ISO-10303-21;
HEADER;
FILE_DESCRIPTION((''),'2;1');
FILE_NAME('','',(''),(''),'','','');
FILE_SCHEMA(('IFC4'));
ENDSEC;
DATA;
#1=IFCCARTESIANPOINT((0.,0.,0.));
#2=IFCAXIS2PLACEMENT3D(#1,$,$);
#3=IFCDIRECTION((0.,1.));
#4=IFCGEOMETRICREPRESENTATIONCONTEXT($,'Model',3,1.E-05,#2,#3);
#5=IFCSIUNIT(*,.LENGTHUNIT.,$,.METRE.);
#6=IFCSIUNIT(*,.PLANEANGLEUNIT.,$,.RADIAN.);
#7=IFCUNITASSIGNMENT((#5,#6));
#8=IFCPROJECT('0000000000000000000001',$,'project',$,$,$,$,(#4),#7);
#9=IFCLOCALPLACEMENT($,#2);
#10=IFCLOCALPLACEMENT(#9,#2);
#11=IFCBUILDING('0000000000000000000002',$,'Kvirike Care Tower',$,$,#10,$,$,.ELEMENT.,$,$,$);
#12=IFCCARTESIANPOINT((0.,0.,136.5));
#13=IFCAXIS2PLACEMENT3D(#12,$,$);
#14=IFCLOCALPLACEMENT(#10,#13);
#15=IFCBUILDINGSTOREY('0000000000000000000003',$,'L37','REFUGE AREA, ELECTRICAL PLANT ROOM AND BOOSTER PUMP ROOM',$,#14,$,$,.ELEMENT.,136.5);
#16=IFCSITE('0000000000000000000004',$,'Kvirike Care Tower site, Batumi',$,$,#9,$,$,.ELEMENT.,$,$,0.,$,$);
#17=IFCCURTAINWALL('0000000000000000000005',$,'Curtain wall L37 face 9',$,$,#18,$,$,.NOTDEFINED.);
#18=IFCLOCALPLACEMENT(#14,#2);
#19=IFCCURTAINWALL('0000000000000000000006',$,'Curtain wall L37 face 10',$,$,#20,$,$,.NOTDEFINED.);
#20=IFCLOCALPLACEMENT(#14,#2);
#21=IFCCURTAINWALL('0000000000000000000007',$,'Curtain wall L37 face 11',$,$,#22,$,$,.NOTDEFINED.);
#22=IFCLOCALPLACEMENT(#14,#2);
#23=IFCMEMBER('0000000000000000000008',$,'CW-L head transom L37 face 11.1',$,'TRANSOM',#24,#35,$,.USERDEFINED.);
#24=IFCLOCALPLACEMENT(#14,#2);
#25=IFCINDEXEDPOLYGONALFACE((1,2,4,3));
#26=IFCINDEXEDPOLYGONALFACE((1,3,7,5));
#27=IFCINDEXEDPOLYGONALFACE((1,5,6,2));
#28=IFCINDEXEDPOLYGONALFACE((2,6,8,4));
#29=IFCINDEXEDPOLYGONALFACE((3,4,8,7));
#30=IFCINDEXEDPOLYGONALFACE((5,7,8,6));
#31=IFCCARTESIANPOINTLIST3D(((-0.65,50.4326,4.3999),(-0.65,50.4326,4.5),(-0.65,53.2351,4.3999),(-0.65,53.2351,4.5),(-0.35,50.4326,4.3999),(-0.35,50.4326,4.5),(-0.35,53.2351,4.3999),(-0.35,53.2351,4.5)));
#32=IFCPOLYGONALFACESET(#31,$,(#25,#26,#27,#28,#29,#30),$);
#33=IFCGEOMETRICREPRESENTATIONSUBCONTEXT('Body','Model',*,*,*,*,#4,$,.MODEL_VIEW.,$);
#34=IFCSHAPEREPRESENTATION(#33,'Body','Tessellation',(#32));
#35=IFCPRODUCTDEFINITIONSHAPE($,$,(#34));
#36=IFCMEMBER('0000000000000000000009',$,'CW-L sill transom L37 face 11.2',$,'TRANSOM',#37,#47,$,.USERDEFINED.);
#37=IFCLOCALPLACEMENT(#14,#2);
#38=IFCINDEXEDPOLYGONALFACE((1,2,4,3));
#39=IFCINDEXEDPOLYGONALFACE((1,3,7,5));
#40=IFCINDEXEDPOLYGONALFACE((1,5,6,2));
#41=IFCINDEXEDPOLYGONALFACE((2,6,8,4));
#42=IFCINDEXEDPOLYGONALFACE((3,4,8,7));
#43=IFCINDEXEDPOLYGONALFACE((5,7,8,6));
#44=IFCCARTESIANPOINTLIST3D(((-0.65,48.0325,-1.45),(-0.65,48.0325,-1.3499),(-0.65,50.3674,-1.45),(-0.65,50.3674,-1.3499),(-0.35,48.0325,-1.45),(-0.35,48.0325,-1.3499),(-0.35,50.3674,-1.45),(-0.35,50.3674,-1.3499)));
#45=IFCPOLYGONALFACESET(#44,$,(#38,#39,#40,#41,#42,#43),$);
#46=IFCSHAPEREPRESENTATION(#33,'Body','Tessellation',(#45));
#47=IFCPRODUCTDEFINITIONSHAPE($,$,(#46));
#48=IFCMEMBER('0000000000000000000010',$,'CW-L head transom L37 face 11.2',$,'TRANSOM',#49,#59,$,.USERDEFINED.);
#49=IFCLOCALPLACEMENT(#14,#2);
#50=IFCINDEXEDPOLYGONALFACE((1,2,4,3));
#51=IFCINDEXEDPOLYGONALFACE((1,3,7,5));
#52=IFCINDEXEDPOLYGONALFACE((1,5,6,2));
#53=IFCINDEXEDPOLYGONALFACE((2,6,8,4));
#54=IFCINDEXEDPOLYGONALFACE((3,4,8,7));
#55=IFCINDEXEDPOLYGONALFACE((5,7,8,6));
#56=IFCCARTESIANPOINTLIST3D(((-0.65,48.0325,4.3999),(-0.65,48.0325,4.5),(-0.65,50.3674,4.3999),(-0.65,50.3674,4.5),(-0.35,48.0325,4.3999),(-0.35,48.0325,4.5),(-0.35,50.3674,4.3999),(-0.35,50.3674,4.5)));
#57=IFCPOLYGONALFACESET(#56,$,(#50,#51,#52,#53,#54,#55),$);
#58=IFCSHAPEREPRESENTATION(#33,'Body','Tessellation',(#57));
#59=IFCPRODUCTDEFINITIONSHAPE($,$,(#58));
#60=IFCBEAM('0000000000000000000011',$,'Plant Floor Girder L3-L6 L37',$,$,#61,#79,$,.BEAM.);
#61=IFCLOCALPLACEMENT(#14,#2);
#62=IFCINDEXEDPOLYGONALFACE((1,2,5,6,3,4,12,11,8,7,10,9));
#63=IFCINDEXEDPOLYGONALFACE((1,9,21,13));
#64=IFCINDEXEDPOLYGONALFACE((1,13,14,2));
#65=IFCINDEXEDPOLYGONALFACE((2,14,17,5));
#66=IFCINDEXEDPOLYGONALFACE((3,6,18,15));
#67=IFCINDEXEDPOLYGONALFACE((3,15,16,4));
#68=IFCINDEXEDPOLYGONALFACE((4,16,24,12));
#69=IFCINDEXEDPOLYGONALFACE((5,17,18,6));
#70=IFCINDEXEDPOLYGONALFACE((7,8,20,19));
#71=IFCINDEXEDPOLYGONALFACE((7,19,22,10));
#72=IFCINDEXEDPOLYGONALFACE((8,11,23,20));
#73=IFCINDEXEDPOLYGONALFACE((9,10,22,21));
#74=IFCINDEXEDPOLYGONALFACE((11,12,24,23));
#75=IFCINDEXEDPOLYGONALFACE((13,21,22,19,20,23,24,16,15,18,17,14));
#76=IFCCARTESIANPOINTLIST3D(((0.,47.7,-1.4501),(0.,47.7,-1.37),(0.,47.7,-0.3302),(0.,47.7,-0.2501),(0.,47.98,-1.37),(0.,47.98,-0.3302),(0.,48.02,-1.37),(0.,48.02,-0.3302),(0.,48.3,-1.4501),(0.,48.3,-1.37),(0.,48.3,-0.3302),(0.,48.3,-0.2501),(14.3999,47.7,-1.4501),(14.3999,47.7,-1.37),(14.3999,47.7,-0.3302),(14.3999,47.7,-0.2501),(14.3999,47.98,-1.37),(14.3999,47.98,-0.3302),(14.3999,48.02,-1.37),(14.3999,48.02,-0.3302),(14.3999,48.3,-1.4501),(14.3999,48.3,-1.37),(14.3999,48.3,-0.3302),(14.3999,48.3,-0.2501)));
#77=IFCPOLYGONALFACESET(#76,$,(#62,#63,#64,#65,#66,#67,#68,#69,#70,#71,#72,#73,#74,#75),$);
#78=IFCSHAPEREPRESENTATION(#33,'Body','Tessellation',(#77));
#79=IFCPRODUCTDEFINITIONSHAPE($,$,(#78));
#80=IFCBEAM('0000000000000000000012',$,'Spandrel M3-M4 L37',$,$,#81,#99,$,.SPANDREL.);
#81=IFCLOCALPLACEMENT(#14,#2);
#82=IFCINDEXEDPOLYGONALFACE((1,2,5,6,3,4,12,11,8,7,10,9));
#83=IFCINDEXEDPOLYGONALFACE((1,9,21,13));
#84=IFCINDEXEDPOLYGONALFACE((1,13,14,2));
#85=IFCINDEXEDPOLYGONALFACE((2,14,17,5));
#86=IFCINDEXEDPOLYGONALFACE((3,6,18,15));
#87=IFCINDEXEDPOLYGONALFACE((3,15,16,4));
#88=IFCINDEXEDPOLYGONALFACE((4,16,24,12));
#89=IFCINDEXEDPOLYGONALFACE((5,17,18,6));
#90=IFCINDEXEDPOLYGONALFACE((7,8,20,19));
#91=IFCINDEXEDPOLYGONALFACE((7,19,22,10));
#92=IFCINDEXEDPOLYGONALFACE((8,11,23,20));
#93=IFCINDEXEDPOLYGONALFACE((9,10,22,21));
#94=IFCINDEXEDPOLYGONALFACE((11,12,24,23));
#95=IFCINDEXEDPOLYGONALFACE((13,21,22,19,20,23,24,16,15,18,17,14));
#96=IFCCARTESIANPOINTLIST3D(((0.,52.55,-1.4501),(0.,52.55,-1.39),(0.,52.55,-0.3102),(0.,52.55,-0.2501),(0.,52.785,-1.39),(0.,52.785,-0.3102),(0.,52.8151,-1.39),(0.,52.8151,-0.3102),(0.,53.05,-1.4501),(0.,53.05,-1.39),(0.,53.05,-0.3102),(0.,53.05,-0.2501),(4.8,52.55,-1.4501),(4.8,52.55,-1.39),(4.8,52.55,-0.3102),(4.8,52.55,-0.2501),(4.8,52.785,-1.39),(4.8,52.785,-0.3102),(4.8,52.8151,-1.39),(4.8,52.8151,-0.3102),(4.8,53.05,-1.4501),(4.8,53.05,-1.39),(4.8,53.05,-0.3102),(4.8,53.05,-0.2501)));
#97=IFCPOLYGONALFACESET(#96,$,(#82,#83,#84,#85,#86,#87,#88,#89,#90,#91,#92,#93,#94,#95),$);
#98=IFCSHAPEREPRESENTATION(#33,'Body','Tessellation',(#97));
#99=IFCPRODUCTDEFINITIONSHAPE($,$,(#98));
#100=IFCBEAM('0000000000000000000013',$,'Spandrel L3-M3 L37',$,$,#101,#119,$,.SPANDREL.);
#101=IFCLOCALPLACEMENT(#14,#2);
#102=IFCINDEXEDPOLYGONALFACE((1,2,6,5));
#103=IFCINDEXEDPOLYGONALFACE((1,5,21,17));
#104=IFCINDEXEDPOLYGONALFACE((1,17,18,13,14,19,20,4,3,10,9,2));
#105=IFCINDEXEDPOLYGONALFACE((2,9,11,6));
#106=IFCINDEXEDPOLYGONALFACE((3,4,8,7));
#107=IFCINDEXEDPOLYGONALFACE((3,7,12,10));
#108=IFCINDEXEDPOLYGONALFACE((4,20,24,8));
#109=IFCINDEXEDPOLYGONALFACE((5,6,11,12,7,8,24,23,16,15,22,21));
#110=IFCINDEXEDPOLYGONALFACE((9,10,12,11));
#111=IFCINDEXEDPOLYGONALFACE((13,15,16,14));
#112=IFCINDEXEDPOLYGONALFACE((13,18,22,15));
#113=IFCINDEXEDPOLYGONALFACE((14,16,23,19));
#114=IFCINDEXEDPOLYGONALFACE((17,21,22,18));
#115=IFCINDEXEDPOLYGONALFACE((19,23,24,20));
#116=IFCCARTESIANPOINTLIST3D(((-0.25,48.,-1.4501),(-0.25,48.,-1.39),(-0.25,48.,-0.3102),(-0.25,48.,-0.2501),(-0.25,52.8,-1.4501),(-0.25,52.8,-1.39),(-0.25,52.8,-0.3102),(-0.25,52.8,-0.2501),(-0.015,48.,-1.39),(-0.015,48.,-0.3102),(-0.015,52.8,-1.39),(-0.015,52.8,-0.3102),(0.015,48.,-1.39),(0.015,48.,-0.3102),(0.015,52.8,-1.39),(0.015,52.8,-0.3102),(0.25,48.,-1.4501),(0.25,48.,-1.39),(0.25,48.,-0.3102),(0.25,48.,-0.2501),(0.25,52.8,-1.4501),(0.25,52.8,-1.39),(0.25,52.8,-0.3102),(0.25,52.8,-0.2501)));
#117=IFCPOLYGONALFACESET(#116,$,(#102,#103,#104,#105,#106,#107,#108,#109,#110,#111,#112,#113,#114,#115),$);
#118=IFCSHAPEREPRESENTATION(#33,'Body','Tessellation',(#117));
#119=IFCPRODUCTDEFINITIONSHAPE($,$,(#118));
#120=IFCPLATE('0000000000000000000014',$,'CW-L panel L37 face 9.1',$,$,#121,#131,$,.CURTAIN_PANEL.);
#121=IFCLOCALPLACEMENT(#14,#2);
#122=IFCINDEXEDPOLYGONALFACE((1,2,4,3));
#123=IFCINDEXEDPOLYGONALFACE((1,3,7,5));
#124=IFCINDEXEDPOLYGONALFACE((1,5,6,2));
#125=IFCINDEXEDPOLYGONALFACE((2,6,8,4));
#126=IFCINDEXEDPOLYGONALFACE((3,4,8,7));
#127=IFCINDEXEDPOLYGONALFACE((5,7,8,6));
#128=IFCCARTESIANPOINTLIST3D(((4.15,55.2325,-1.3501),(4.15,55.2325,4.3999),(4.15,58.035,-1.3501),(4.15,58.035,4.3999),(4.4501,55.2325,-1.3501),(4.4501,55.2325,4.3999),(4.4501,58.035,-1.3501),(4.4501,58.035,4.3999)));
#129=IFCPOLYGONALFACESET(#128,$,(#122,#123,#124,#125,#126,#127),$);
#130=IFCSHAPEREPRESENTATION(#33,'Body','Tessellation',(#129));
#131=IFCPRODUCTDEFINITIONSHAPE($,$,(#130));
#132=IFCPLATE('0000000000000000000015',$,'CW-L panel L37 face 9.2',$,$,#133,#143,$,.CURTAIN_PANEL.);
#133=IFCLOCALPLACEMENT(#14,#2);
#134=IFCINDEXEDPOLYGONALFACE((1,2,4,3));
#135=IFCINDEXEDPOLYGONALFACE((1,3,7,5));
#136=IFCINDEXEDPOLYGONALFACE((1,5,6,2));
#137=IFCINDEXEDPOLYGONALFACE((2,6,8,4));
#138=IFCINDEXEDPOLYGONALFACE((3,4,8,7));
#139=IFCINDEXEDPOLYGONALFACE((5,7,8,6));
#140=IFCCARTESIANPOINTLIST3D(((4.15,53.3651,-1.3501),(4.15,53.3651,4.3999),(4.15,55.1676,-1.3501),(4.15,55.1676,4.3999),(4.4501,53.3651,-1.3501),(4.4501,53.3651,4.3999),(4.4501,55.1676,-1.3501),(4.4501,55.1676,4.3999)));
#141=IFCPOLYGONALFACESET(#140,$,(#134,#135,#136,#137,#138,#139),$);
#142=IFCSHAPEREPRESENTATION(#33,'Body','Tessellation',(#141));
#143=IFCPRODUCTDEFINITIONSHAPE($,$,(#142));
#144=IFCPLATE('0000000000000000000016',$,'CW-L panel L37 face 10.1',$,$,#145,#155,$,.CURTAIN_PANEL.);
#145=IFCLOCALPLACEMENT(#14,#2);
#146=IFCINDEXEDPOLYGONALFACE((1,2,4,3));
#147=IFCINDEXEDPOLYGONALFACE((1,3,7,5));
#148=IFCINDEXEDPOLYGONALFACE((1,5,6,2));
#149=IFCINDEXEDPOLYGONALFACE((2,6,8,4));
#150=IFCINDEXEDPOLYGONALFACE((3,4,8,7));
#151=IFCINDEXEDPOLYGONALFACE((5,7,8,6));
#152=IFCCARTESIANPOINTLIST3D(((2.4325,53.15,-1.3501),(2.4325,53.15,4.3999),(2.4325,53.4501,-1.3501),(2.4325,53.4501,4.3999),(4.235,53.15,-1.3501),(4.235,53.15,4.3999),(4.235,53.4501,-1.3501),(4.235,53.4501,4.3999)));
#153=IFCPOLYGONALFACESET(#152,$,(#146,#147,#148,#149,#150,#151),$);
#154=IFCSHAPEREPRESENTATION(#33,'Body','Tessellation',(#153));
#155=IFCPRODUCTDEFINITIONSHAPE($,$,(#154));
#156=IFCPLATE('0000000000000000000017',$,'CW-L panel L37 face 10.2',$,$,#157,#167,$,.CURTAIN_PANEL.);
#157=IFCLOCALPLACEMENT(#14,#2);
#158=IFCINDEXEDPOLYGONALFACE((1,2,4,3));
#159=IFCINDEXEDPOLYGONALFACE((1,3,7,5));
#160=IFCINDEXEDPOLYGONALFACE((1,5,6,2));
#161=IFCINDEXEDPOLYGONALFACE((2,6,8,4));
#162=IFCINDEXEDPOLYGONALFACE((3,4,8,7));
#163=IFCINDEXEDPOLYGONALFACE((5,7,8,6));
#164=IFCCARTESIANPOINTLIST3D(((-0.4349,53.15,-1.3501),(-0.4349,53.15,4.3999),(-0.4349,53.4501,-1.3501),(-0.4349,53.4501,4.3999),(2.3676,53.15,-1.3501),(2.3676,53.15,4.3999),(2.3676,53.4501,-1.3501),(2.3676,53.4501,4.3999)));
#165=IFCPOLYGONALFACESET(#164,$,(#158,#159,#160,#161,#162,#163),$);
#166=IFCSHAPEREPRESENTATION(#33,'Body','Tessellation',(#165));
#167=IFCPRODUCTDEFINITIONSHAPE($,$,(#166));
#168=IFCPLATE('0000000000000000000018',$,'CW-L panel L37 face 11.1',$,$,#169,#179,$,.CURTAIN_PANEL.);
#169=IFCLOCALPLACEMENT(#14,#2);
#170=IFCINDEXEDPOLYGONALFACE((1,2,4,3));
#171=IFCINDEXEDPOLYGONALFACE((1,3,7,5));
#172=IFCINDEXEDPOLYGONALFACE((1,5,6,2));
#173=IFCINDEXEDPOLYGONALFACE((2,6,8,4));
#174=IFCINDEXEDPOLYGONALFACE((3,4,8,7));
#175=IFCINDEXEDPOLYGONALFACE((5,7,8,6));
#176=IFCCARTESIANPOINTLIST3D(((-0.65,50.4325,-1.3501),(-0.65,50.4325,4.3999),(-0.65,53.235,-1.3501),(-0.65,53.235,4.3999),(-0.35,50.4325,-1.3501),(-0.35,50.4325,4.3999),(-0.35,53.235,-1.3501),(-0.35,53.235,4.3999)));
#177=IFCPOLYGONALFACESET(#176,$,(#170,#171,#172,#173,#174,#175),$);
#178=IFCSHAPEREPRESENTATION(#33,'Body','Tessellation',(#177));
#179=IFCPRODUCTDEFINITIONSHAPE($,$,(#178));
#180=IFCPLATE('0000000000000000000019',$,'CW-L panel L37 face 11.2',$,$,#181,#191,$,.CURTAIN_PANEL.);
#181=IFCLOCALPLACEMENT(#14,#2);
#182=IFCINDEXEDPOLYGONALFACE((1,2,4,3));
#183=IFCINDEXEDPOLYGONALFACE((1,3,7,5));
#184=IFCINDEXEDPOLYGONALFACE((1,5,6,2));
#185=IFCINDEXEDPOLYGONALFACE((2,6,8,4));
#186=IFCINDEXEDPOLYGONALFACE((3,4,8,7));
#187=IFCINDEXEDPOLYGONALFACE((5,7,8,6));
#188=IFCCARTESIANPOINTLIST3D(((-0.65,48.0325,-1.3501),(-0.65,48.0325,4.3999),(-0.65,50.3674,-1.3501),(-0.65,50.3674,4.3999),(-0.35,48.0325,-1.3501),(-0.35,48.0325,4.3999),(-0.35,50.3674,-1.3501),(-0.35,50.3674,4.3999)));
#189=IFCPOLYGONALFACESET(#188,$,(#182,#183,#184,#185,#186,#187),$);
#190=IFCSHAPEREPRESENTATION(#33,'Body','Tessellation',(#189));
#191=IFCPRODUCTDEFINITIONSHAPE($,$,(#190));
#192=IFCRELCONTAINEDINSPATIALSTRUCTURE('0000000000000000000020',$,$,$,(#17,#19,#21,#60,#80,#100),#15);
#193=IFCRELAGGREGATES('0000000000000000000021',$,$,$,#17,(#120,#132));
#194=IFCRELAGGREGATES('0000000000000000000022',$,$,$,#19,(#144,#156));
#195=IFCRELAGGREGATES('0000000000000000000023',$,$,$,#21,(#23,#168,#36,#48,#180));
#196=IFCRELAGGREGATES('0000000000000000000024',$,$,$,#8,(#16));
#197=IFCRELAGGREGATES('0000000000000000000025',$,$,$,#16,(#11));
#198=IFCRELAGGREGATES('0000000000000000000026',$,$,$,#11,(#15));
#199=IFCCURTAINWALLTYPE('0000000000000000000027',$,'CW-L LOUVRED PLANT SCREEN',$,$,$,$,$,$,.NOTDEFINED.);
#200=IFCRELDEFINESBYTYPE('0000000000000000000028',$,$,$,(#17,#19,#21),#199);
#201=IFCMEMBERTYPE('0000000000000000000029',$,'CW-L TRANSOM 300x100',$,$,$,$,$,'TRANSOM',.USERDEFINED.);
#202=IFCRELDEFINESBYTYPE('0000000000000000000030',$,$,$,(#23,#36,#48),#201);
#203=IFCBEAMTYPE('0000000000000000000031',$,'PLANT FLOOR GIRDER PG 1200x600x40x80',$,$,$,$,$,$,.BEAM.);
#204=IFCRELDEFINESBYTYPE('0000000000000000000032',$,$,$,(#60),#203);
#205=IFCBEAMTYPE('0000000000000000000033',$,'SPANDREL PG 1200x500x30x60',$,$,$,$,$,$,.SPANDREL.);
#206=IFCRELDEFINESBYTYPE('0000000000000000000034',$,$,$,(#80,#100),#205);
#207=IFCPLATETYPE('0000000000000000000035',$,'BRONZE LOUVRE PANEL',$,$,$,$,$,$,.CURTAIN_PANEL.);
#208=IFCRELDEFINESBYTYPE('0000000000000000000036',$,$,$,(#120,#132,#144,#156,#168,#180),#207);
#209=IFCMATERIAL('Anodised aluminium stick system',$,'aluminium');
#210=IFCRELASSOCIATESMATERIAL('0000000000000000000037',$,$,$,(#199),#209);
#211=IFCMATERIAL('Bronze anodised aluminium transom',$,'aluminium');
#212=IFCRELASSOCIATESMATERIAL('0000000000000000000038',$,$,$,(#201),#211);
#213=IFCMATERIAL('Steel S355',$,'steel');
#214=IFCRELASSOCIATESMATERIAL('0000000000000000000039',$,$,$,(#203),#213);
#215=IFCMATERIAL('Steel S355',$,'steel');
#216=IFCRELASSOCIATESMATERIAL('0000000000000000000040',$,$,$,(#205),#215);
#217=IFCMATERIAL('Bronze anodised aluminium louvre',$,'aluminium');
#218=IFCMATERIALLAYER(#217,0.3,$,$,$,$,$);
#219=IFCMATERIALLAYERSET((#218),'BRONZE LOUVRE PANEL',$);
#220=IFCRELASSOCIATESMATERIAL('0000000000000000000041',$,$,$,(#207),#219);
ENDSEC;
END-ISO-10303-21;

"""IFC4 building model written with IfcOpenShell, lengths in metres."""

from ifc_helpers import new_model, si_unit, direction, frame, origin, origin_2d, place, context, subcontext, project, spatial, rectangle, i_section, extrude, material, layer, layer_set, material_profile, profile_set, type_object, element, aggregate, save


model = new_model("IFC4")

# Units and contexts
model_context = context("Model", 3, precision=1e-05, world=origin(), true_north=direction((0.0, 1.0)))
body_context = subcontext(model_context, "Body", "Model", "MODEL_VIEW")
ifc_project = project(units=[si_unit("LENGTHUNIT", "METRE"), si_unit("PLANEANGLEUNIT", "RADIAN")], contexts=[model_context])

# Site, building, storey
site_placement = place(None, origin())
site = spatial("IfcSite", under=ifc_project, at=site_placement, Name="Kvirike Care Tower site, Batumi", CompositionType="ELEMENT", RefElevation=0.0)
building_placement = place(site_placement, origin())
building = spatial("IfcBuilding", under=site, at=building_placement, Name="Kvirike Care Tower", CompositionType="ELEMENT")
storey_placement = place(building_placement, frame((0.0, 0.0, 136.5)))
storey = spatial("IfcBuildingStorey", under=building, at=storey_placement, Name="L37", Description="REFUGE AREA, ELECTRICAL PLANT ROOM AND BOOSTER PUMP ROOM", CompositionType="ELEMENT", Elevation=136.5)

# Curtain walls
ifc_material_1 = material(Name="Anodised aluminium stick system", Category="aluminium")
curtain_wall_type = type_object("IfcCurtainWallType", Name="CW-L LOUVRED PLANT SCREEN", PredefinedType="NOTDEFINED", material=ifc_material_1)
curtain_wall_1_placement = place(storey_placement, origin())
curtain_wall_1 = element("IfcCurtainWall", 1, at=curtain_wall_1_placement, inside=storey, type_object=curtain_wall_type, Name="Curtain wall L37 face 9", PredefinedType="NOTDEFINED")
curtain_wall_2_placement = place(storey_placement, origin())
curtain_wall_2 = element("IfcCurtainWall", 2, at=curtain_wall_2_placement, inside=storey, type_object=curtain_wall_type, Name="Curtain wall L37 face 10", PredefinedType="NOTDEFINED")
curtain_wall_3_placement = place(storey_placement, origin())
curtain_wall_3 = element("IfcCurtainWall", 3, at=curtain_wall_3_placement, inside=storey, type_object=curtain_wall_type, Name="Curtain wall L37 face 11", PredefinedType="NOTDEFINED")

# Members
ifc_material_2 = material(Name="Bronze anodised aluminium transom", Category="aluminium")
ifc_material_profile_1 = material_profile(ifc_material_2, rectangle(XDim=0.3, YDim=0.1001, at=origin_2d()), Name="CW-L TRANSOM 300x100")
ifc_profile_set_1 = profile_set([ifc_material_profile_1], Name="Bronze anodised aluminium transom")
member_type_1 = type_object("IfcMemberType", Name="CW-L TRANSOM 300x100", ElementType="TRANSOM", PredefinedType="USERDEFINED", material=ifc_profile_set_1)
member_1_placement = place(storey_placement, frame((-0.5, 53.2351, 4.45), z_axis=(0.0, -1.0, 0.0), x_axis=(1.0, 0.0, 0.0)))
member_1 = element("IfcMember", 4, at=member_1_placement, type_object=member_type_1, Name="CW-L head transom L37 face 11.1", ObjectType="TRANSOM", PredefinedType="USERDEFINED", context=body_context, shape_type="SweptSolid", body=[
    extrude(rectangle(XDim=0.3, YDim=0.1001, at=origin_2d()), origin(), (0.0, 0.0, 1.0), 2.8025),
])
member_2_placement = place(storey_placement, frame((-0.5, 50.3674, -1.3999), z_axis=(0.0, -1.0, 0.0), x_axis=(1.0, 0.0, 0.0)))
member_2 = element("IfcMember", 5, at=member_2_placement, type_object=member_type_1, Name="CW-L sill transom L37 face 11.2", ObjectType="TRANSOM", PredefinedType="USERDEFINED", context=body_context, shape_type="SweptSolid", body=[
    extrude(rectangle(XDim=0.3, YDim=0.1001, at=origin_2d()), origin(), (0.0, 0.0, 1.0), 2.335),
])
member_3_placement = place(storey_placement, frame((-0.5, 50.3674, 4.45), z_axis=(0.0, -1.0, 0.0), x_axis=(1.0, 0.0, 0.0)))
member_3 = element("IfcMember", 6, at=member_3_placement, type_object=member_type_1, Name="CW-L head transom L37 face 11.2", ObjectType="TRANSOM", PredefinedType="USERDEFINED", context=body_context, shape_type="SweptSolid", body=[
    extrude(rectangle(XDim=0.3, YDim=0.1001, at=origin_2d()), origin(), (0.0, 0.0, 1.0), 2.335),
])

# Beams
ifc_material_3 = material(Name="Steel S355", Category="steel")
ifc_material_profile_2 = material_profile(ifc_material_3, i_section(OverallWidth=0.6001, OverallDepth=1.2, WebThickness=0.04, FlangeThickness=0.0801, at=origin_2d()), Name="PG 1200x600x40x80")
ifc_profile_set_2 = profile_set([ifc_material_profile_2], Name="Steel S355")
beam_type_1 = type_object("IfcBeamType", Name="PLANT FLOOR GIRDER PG 1200x600x40x80", PredefinedType="BEAM", material=ifc_profile_set_2)
beam_placement = place(storey_placement, frame((0.0, 48.0, -0.8501), z_axis=(1.0, 0.0, 0.0), x_axis=(0.0, 1.0, 0.0)))
element("IfcBeam", 7, at=beam_placement, inside=storey, type_object=beam_type_1, Name="Plant Floor Girder L3-L6 L37", PredefinedType="BEAM", context=body_context, shape_type="SweptSolid", body=[
    extrude(i_section(OverallWidth=0.6001, OverallDepth=1.2, WebThickness=0.04, FlangeThickness=0.0801, at=origin_2d()), origin(), (0.0, 0.0, 1.0), 14.3999),
])
ifc_material_4 = material(Name="Steel S355", Category="steel")
ifc_material_profile_3 = material_profile(ifc_material_4, i_section(OverallWidth=0.5, OverallDepth=1.2, WebThickness=0.03, FlangeThickness=0.0601, at=origin_2d()), Name="PG 1200x500x30x60")
ifc_profile_set_3 = profile_set([ifc_material_profile_3], Name="Steel S355")
beam_type_2 = type_object("IfcBeamType", Name="SPANDREL PG 1200x500x30x60", PredefinedType="SPANDREL", material=ifc_profile_set_3)
for number, where, z_axis, x_axis, name in (
    (8, (0.0, 52.8, -0.8501), (1.0, 0.0, 0.0), (0.0, 1.0, 0.0), "Spandrel M3-M4 L37"),
    (9, (0.0, 48.0, -0.8501), (0.0, 1.0, 0.0), (-1.0, 0.0, 0.0), "Spandrel L3-M3 L37"),
):
    element("IfcBeam", number, at=place(storey_placement, frame(where, z_axis=z_axis, x_axis=x_axis)), inside=storey, type_object=beam_type_2, Name=name, PredefinedType="SPANDREL", context=body_context, shape_type="SweptSolid", body=[
        extrude(i_section(OverallWidth=0.5, OverallDepth=1.2, WebThickness=0.03, FlangeThickness=0.0601, at=origin_2d()), origin(), (0.0, 0.0, 1.0), 4.8),
    ])

# Plates
ifc_material_5 = material(Name="Bronze anodised aluminium louvre", Category="aluminium")
ifc_layer = layer(ifc_material_5, 0.3)
ifc_layer_set = layer_set([ifc_layer], Name="BRONZE LOUVRE PANEL")
plate_type = type_object("IfcPlateType", Name="BRONZE LOUVRE PANEL", PredefinedType="CURTAIN_PANEL", material=ifc_layer_set)
plate_1_placement = place(storey_placement, frame((4.3, 56.6338, -1.3501), z_axis=(0.0, 0.0, 1.0), x_axis=(0.0, -1.0, 0.0)))
plate_1 = element("IfcPlate", 10, at=plate_1_placement, type_object=plate_type, Name="CW-L panel L37 face 9.1", PredefinedType="CURTAIN_PANEL", context=body_context, shape_type="SweptSolid", body=[
    extrude(rectangle(XDim=2.8025, YDim=0.3, at=origin_2d()), origin(), (0.0, 0.0, 1.0), 5.75),
])
plate_2_placement = place(storey_placement, frame((4.3, 54.2664, -1.3501), z_axis=(0.0, 0.0, 1.0), x_axis=(0.0, -1.0, 0.0)))
plate_2 = element("IfcPlate", 11, at=plate_2_placement, type_object=plate_type, Name="CW-L panel L37 face 9.2", PredefinedType="CURTAIN_PANEL", context=body_context, shape_type="SweptSolid", body=[
    extrude(rectangle(XDim=1.8025, YDim=0.3, at=origin_2d()), origin(), (0.0, 0.0, 1.0), 5.75),
])
aggregate(curtain_wall_1, [plate_1, plate_2])
plate_3_placement = place(storey_placement, frame((3.3337, 53.3, -1.3501), z_axis=(0.0, 0.0, 1.0), x_axis=(-1.0, 0.0, 0.0)))
plate_3 = element("IfcPlate", 12, at=plate_3_placement, type_object=plate_type, Name="CW-L panel L37 face 10.1", PredefinedType="CURTAIN_PANEL", context=body_context, shape_type="SweptSolid", body=[
    extrude(rectangle(XDim=1.8025, YDim=0.3, at=origin_2d()), origin(), (0.0, 0.0, 1.0), 5.75),
])
plate_4_placement = place(storey_placement, frame((0.9663, 53.3, -1.3501), z_axis=(0.0, 0.0, 1.0), x_axis=(-1.0, 0.0, 0.0)))
plate_4 = element("IfcPlate", 13, at=plate_4_placement, type_object=plate_type, Name="CW-L panel L37 face 10.2", PredefinedType="CURTAIN_PANEL", context=body_context, shape_type="SweptSolid", body=[
    extrude(rectangle(XDim=2.8025, YDim=0.3, at=origin_2d()), origin(), (0.0, 0.0, 1.0), 5.75),
])
aggregate(curtain_wall_2, [plate_3, plate_4])
plate_5_placement = place(storey_placement, frame((-0.5, 51.8337, -1.3501), z_axis=(0.0, 0.0, 1.0), x_axis=(0.0, -1.0, 0.0)))
plate_5 = element("IfcPlate", 14, at=plate_5_placement, type_object=plate_type, Name="CW-L panel L37 face 11.1", PredefinedType="CURTAIN_PANEL", context=body_context, shape_type="SweptSolid", body=[
    extrude(rectangle(XDim=2.8025, YDim=0.3, at=origin_2d()), origin(), (0.0, 0.0, 1.0), 5.75),
])
plate_6_placement = place(storey_placement, frame((-0.5, 49.2, -1.3501), z_axis=(0.0, 0.0, 1.0), x_axis=(0.0, -1.0, 0.0)))
plate_6 = element("IfcPlate", 15, at=plate_6_placement, type_object=plate_type, Name="CW-L panel L37 face 11.2", PredefinedType="CURTAIN_PANEL", context=body_context, shape_type="SweptSolid", body=[
    extrude(rectangle(XDim=2.335, YDim=0.3, at=origin_2d()), origin(), (0.0, 0.0, 1.0), 5.75),
])
aggregate(curtain_wall_3, [member_1, plate_5, member_2, member_3, plate_6])

save(model, "model.ifc")
